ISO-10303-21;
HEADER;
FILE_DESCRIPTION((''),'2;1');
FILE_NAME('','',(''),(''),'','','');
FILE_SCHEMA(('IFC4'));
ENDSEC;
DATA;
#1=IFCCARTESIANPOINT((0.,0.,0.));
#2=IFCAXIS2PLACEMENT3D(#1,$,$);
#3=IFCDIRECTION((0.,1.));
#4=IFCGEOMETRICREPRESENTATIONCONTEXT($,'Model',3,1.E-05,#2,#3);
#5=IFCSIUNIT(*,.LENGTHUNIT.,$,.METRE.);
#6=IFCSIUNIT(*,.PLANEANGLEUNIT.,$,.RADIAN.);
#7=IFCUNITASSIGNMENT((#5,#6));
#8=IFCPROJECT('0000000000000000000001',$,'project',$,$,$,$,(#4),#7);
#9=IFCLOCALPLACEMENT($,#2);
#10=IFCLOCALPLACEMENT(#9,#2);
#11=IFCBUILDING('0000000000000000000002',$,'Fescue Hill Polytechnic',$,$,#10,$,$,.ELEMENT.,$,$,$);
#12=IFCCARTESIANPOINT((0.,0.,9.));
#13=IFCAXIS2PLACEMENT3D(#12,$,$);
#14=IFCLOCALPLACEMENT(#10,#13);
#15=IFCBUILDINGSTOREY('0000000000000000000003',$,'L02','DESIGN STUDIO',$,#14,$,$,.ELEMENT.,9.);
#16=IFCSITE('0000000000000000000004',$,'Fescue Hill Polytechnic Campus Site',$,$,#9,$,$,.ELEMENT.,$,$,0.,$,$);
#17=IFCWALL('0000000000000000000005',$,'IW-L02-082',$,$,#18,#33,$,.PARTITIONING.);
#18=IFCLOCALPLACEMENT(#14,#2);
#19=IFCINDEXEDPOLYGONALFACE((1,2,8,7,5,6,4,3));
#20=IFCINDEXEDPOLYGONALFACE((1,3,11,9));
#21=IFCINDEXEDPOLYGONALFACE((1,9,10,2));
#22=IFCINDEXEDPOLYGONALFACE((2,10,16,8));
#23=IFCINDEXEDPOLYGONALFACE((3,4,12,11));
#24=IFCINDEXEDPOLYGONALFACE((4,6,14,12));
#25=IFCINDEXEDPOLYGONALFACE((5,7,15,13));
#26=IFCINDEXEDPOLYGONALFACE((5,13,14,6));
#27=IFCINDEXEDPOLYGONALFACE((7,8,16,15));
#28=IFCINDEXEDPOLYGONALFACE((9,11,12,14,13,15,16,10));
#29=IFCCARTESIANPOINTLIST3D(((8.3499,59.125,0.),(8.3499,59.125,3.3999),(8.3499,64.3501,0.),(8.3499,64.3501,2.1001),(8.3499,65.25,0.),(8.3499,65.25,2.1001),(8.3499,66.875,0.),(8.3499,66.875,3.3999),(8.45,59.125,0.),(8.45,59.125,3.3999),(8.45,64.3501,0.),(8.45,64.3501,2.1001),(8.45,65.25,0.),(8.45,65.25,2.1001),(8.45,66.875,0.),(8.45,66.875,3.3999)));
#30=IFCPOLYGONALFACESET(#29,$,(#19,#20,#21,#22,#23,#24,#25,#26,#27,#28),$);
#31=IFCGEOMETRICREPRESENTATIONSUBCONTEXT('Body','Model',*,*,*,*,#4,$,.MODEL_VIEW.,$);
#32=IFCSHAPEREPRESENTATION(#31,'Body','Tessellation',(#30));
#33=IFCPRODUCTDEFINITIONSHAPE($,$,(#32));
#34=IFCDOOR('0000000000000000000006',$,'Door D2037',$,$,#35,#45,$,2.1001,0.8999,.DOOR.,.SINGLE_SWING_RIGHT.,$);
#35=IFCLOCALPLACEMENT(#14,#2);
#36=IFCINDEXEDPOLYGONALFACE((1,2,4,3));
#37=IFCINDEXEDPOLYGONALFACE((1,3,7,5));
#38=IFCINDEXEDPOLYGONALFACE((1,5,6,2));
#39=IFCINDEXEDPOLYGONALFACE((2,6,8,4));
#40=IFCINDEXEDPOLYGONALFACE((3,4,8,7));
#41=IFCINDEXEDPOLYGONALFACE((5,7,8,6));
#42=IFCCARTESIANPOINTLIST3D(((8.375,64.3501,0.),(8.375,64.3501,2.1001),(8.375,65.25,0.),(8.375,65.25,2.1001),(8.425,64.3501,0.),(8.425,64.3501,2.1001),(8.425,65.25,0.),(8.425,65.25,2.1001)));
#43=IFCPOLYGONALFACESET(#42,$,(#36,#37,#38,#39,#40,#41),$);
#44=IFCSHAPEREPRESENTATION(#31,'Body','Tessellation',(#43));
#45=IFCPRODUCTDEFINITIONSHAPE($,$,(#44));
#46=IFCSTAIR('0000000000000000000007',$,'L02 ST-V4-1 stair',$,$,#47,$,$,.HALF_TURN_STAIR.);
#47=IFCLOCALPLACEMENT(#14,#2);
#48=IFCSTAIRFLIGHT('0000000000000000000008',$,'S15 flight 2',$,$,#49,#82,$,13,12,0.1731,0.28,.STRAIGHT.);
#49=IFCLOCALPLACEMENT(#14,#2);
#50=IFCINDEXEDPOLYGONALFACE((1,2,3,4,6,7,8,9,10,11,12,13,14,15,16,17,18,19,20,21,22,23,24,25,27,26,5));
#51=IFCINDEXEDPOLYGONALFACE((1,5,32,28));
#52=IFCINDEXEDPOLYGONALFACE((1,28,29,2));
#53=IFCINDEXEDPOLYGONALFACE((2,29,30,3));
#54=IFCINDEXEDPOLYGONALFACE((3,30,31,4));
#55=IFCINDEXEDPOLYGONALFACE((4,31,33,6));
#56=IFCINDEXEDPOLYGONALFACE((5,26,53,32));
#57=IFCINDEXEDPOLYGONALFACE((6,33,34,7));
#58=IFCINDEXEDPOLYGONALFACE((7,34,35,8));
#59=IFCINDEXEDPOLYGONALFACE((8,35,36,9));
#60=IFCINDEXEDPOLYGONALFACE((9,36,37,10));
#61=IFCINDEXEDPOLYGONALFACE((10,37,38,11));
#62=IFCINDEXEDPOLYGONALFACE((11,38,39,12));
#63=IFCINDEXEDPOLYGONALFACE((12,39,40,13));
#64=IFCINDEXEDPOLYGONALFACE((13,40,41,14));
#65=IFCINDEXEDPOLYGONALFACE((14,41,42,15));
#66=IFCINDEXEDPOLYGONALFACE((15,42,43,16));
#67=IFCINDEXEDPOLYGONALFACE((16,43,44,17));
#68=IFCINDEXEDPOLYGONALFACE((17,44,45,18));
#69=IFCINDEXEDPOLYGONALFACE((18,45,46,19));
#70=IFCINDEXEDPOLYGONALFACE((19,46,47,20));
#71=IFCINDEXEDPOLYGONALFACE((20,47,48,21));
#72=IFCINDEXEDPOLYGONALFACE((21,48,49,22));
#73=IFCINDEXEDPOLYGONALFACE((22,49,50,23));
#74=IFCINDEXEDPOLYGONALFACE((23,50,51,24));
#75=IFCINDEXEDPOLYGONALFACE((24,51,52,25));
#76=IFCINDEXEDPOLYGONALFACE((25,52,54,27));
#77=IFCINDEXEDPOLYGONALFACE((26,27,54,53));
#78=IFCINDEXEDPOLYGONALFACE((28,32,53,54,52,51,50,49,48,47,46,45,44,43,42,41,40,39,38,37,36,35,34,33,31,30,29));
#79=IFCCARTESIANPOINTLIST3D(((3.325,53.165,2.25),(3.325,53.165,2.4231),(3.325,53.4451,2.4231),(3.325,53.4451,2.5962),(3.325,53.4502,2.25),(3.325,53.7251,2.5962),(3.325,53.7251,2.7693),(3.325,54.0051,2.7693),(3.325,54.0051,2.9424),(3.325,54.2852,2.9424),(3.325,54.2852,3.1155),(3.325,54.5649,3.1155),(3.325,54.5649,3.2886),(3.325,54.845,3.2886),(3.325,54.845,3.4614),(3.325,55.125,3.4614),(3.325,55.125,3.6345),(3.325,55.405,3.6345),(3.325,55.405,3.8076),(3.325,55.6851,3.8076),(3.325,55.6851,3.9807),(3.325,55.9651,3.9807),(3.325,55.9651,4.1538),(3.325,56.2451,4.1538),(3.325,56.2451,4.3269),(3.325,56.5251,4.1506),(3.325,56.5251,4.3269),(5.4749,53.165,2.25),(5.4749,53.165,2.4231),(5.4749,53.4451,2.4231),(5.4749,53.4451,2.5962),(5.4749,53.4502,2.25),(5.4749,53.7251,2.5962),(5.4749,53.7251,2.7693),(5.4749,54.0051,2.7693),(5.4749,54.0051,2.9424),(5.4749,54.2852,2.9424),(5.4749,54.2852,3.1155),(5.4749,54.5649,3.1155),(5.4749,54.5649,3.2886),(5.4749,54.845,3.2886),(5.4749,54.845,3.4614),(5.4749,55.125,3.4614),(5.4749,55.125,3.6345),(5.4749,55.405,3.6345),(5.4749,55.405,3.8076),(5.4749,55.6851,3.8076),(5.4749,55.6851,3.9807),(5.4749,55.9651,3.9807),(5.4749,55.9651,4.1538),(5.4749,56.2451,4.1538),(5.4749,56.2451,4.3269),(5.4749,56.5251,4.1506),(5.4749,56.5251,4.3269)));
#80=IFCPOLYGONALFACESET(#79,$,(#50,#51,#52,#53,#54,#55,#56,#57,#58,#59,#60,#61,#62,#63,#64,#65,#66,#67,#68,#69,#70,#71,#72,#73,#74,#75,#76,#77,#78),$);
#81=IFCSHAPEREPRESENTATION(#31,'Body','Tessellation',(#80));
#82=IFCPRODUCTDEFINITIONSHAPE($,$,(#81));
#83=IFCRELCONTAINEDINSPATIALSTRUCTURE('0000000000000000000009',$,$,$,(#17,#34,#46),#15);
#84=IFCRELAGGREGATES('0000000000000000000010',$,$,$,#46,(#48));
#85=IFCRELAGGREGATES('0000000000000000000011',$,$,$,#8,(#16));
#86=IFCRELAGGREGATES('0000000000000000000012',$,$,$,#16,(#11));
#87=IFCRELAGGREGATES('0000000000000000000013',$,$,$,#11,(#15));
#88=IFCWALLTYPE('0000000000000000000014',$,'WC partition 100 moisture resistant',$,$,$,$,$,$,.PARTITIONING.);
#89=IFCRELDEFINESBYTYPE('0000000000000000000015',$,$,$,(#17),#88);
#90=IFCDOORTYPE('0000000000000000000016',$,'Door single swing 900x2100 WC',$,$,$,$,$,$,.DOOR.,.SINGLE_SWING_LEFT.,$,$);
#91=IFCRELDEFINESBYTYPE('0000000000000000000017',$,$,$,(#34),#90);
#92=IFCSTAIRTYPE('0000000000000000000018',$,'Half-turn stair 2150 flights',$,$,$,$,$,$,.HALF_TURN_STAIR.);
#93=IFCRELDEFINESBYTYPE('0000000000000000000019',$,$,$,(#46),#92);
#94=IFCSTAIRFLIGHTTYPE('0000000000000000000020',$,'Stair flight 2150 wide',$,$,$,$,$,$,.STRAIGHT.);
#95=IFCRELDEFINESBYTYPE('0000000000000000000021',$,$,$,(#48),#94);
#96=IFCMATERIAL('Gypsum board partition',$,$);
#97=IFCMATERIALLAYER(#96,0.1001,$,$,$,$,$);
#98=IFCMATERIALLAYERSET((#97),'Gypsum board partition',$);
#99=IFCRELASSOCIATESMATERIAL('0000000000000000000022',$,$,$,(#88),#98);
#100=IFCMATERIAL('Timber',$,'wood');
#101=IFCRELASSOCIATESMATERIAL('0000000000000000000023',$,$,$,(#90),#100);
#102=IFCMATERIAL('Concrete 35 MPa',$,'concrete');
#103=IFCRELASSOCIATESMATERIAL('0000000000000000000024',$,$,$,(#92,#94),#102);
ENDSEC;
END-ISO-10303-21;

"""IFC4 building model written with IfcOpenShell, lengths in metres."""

from ifc_helpers import new_model, si_unit, direction, frame, frame_2d, origin, place, context, subcontext, project, spatial, polyline, rectangle, outline, extrude, material, layer, layer_set, type_object, element, fill, aggregate, save


model = new_model("IFC4")

# Units and contexts
model_context = context("Model", 3, precision=1e-05, world=origin(), true_north=direction((0.0, 1.0)))
body_context = subcontext(model_context, "Body", "Model", "MODEL_VIEW")
ifc_project = project(units=[si_unit("LENGTHUNIT", "METRE"), si_unit("PLANEANGLEUNIT", "RADIAN")], contexts=[model_context])

# Site, building, storey
site_placement = place(None, origin())
site = spatial("IfcSite", under=ifc_project, at=site_placement, Name="Fescue Hill Polytechnic Campus Site", CompositionType="ELEMENT", RefElevation=0.0)
building_placement = place(site_placement, origin())
building = spatial("IfcBuilding", under=site, at=building_placement, Name="Fescue Hill Polytechnic", CompositionType="ELEMENT")
storey_placement = place(building_placement, frame((0.0, 0.0, 9.0)))
storey = spatial("IfcBuildingStorey", under=building, at=storey_placement, Name="L02", Description="DESIGN STUDIO", CompositionType="ELEMENT", Elevation=9.0)

# Shared definitions
ifc_material_1 = material(Name="Concrete 35 MPa", Category="concrete")

# Wall, opening, door
ifc_material_2 = material(Name="Gypsum board partition")
ifc_layer_1 = layer(ifc_material_2, 0.1001)
ifc_layer_set_1 = layer_set([ifc_layer_1], Name="Gypsum board partition")
wall_type_1 = type_object("IfcWallType", Name="WC partition 100 moisture resistant", PredefinedType="PARTITIONING", material=ifc_layer_set_1)
wall_1_placement = place(storey_placement, frame((8.3999, 59.125, 0.0), z_axis=(0.0, 0.0, 1.0), x_axis=(0.0, 1.0, 0.0)))
wall_1 = element("IfcWall", 1, at=wall_1_placement, inside=storey, type_object=wall_type_1, Name="IW-L02-082", PredefinedType="PARTITIONING", context=body_context, shape_type="SweptSolid", body=[
    extrude(rectangle(XDim=7.75, YDim=0.1001, at=frame_2d((3.875, 0.0))), origin(), (0.0, 0.0, 1.0), 3.3999),
])
opening_1_placement = place(wall_1_placement, frame((5.2251, 0.0, 0.0)))
opening_1 = element("IfcOpeningElement", 2, at=opening_1_placement, cuts=wall_1, PredefinedType="OPENING", context=body_context, shape_type="SweptSolid", body=[
    extrude(rectangle(XDim=0.8999, YDim=2.1001, at=frame_2d((0.45, 1.05))), frame((0.0, 0.0601, 0.0), z_axis=(0.0, -1.0, 0.0), x_axis=(1.0, 0.0, 0.0)), (0.0, 0.0, 1.0), 0.1201),
])
ifc_material_3 = material(Name="Timber", Category="wood")
door_type_1 = type_object("IfcDoorType", Name="Door single swing 900x2100 WC", OperationType="SINGLE_SWING_LEFT", PredefinedType="DOOR", material=ifc_material_3)
door_1_placement = place(opening_1_placement, origin())
door_1 = element("IfcDoor", 3, at=door_1_placement, inside=storey, type_object=door_type_1, Name="Door D2037", OperationType="SINGLE_SWING_RIGHT", OverallHeight=2.1001, OverallWidth=0.8999, PredefinedType="DOOR", context=body_context, shape_type="SweptSolid", body=[
    extrude(rectangle(XDim=0.8999, YDim=2.1001, at=frame_2d((0.45, 1.05))), frame((0.0, 0.0249, 0.0), z_axis=(0.0, -1.0, 0.0), x_axis=(1.0, 0.0, 0.0)), (0.0, 0.0, 1.0), 0.05),
])
fill(opening_1, door_1)

# Stair, stair flight
stair_type = type_object("IfcStairType", Name="Half-turn stair 2150 flights", PredefinedType="HALF_TURN_STAIR", material=ifc_material_1)
stair_placement = place(storey_placement, origin())
stair = element("IfcStair", 4, at=stair_placement, inside=storey, type_object=stair_type, Name="L02 ST-V4-1 stair", PredefinedType="HALF_TURN_STAIR")
stair_flight_type = type_object("IfcStairFlightType", Name="Stair flight 2150 wide", PredefinedType="STRAIGHT", material=ifc_material_1)
stair_flight_placement = place(storey_placement, frame((4.3999, 53.165, 2.25), z_axis=(0.0, 0.0, 1.0), x_axis=(0.0, 1.0, 0.0)))
stair_flight = element("IfcStairFlight", 5, at=stair_flight_placement, type_object=stair_flight_type, Name="S15 flight 2", NumberOfRisers=13, NumberOfTreads=12, PredefinedType="STRAIGHT", RiserHeight=0.1731, TreadLength=0.28, context=body_context, shape_type="SweptSolid", body=[
    extrude(outline(polyline([(0.0, 0.0), (0.0, 0.1731), (0.28, 0.1731), (0.28, 0.3462), (0.5601, 0.3462), (0.5601, 0.5193), (0.8401, 0.5193), (0.8401, 0.6924), (1.1201, 0.6924), (1.1201, 0.8655), (1.3999, 0.8655), (1.3999, 1.0386), (1.6799, 1.0386), (1.6799, 1.2114), (1.96, 1.2114), (1.96, 1.3845), (2.24, 1.3845), (2.24, 1.5576), (2.52, 1.5576), (2.52, 1.7307), (2.8, 1.7307), (2.8, 1.9038), (3.0801, 1.9038), (3.0801, 2.0769), (3.3601, 2.0769), (3.3601, 2.25), (3.3601, 1.9006), (0.2852, 0.0), (0.0, 0.0)])), frame((0.0, 1.075, 0.0), z_axis=(0.0, -1.0, 0.0), x_axis=(1.0, 0.0, 0.0)), (0.0, 0.0, 1.0), 2.1499),
])
aggregate(stair, [stair_flight])

save(model, "model.ifc")
